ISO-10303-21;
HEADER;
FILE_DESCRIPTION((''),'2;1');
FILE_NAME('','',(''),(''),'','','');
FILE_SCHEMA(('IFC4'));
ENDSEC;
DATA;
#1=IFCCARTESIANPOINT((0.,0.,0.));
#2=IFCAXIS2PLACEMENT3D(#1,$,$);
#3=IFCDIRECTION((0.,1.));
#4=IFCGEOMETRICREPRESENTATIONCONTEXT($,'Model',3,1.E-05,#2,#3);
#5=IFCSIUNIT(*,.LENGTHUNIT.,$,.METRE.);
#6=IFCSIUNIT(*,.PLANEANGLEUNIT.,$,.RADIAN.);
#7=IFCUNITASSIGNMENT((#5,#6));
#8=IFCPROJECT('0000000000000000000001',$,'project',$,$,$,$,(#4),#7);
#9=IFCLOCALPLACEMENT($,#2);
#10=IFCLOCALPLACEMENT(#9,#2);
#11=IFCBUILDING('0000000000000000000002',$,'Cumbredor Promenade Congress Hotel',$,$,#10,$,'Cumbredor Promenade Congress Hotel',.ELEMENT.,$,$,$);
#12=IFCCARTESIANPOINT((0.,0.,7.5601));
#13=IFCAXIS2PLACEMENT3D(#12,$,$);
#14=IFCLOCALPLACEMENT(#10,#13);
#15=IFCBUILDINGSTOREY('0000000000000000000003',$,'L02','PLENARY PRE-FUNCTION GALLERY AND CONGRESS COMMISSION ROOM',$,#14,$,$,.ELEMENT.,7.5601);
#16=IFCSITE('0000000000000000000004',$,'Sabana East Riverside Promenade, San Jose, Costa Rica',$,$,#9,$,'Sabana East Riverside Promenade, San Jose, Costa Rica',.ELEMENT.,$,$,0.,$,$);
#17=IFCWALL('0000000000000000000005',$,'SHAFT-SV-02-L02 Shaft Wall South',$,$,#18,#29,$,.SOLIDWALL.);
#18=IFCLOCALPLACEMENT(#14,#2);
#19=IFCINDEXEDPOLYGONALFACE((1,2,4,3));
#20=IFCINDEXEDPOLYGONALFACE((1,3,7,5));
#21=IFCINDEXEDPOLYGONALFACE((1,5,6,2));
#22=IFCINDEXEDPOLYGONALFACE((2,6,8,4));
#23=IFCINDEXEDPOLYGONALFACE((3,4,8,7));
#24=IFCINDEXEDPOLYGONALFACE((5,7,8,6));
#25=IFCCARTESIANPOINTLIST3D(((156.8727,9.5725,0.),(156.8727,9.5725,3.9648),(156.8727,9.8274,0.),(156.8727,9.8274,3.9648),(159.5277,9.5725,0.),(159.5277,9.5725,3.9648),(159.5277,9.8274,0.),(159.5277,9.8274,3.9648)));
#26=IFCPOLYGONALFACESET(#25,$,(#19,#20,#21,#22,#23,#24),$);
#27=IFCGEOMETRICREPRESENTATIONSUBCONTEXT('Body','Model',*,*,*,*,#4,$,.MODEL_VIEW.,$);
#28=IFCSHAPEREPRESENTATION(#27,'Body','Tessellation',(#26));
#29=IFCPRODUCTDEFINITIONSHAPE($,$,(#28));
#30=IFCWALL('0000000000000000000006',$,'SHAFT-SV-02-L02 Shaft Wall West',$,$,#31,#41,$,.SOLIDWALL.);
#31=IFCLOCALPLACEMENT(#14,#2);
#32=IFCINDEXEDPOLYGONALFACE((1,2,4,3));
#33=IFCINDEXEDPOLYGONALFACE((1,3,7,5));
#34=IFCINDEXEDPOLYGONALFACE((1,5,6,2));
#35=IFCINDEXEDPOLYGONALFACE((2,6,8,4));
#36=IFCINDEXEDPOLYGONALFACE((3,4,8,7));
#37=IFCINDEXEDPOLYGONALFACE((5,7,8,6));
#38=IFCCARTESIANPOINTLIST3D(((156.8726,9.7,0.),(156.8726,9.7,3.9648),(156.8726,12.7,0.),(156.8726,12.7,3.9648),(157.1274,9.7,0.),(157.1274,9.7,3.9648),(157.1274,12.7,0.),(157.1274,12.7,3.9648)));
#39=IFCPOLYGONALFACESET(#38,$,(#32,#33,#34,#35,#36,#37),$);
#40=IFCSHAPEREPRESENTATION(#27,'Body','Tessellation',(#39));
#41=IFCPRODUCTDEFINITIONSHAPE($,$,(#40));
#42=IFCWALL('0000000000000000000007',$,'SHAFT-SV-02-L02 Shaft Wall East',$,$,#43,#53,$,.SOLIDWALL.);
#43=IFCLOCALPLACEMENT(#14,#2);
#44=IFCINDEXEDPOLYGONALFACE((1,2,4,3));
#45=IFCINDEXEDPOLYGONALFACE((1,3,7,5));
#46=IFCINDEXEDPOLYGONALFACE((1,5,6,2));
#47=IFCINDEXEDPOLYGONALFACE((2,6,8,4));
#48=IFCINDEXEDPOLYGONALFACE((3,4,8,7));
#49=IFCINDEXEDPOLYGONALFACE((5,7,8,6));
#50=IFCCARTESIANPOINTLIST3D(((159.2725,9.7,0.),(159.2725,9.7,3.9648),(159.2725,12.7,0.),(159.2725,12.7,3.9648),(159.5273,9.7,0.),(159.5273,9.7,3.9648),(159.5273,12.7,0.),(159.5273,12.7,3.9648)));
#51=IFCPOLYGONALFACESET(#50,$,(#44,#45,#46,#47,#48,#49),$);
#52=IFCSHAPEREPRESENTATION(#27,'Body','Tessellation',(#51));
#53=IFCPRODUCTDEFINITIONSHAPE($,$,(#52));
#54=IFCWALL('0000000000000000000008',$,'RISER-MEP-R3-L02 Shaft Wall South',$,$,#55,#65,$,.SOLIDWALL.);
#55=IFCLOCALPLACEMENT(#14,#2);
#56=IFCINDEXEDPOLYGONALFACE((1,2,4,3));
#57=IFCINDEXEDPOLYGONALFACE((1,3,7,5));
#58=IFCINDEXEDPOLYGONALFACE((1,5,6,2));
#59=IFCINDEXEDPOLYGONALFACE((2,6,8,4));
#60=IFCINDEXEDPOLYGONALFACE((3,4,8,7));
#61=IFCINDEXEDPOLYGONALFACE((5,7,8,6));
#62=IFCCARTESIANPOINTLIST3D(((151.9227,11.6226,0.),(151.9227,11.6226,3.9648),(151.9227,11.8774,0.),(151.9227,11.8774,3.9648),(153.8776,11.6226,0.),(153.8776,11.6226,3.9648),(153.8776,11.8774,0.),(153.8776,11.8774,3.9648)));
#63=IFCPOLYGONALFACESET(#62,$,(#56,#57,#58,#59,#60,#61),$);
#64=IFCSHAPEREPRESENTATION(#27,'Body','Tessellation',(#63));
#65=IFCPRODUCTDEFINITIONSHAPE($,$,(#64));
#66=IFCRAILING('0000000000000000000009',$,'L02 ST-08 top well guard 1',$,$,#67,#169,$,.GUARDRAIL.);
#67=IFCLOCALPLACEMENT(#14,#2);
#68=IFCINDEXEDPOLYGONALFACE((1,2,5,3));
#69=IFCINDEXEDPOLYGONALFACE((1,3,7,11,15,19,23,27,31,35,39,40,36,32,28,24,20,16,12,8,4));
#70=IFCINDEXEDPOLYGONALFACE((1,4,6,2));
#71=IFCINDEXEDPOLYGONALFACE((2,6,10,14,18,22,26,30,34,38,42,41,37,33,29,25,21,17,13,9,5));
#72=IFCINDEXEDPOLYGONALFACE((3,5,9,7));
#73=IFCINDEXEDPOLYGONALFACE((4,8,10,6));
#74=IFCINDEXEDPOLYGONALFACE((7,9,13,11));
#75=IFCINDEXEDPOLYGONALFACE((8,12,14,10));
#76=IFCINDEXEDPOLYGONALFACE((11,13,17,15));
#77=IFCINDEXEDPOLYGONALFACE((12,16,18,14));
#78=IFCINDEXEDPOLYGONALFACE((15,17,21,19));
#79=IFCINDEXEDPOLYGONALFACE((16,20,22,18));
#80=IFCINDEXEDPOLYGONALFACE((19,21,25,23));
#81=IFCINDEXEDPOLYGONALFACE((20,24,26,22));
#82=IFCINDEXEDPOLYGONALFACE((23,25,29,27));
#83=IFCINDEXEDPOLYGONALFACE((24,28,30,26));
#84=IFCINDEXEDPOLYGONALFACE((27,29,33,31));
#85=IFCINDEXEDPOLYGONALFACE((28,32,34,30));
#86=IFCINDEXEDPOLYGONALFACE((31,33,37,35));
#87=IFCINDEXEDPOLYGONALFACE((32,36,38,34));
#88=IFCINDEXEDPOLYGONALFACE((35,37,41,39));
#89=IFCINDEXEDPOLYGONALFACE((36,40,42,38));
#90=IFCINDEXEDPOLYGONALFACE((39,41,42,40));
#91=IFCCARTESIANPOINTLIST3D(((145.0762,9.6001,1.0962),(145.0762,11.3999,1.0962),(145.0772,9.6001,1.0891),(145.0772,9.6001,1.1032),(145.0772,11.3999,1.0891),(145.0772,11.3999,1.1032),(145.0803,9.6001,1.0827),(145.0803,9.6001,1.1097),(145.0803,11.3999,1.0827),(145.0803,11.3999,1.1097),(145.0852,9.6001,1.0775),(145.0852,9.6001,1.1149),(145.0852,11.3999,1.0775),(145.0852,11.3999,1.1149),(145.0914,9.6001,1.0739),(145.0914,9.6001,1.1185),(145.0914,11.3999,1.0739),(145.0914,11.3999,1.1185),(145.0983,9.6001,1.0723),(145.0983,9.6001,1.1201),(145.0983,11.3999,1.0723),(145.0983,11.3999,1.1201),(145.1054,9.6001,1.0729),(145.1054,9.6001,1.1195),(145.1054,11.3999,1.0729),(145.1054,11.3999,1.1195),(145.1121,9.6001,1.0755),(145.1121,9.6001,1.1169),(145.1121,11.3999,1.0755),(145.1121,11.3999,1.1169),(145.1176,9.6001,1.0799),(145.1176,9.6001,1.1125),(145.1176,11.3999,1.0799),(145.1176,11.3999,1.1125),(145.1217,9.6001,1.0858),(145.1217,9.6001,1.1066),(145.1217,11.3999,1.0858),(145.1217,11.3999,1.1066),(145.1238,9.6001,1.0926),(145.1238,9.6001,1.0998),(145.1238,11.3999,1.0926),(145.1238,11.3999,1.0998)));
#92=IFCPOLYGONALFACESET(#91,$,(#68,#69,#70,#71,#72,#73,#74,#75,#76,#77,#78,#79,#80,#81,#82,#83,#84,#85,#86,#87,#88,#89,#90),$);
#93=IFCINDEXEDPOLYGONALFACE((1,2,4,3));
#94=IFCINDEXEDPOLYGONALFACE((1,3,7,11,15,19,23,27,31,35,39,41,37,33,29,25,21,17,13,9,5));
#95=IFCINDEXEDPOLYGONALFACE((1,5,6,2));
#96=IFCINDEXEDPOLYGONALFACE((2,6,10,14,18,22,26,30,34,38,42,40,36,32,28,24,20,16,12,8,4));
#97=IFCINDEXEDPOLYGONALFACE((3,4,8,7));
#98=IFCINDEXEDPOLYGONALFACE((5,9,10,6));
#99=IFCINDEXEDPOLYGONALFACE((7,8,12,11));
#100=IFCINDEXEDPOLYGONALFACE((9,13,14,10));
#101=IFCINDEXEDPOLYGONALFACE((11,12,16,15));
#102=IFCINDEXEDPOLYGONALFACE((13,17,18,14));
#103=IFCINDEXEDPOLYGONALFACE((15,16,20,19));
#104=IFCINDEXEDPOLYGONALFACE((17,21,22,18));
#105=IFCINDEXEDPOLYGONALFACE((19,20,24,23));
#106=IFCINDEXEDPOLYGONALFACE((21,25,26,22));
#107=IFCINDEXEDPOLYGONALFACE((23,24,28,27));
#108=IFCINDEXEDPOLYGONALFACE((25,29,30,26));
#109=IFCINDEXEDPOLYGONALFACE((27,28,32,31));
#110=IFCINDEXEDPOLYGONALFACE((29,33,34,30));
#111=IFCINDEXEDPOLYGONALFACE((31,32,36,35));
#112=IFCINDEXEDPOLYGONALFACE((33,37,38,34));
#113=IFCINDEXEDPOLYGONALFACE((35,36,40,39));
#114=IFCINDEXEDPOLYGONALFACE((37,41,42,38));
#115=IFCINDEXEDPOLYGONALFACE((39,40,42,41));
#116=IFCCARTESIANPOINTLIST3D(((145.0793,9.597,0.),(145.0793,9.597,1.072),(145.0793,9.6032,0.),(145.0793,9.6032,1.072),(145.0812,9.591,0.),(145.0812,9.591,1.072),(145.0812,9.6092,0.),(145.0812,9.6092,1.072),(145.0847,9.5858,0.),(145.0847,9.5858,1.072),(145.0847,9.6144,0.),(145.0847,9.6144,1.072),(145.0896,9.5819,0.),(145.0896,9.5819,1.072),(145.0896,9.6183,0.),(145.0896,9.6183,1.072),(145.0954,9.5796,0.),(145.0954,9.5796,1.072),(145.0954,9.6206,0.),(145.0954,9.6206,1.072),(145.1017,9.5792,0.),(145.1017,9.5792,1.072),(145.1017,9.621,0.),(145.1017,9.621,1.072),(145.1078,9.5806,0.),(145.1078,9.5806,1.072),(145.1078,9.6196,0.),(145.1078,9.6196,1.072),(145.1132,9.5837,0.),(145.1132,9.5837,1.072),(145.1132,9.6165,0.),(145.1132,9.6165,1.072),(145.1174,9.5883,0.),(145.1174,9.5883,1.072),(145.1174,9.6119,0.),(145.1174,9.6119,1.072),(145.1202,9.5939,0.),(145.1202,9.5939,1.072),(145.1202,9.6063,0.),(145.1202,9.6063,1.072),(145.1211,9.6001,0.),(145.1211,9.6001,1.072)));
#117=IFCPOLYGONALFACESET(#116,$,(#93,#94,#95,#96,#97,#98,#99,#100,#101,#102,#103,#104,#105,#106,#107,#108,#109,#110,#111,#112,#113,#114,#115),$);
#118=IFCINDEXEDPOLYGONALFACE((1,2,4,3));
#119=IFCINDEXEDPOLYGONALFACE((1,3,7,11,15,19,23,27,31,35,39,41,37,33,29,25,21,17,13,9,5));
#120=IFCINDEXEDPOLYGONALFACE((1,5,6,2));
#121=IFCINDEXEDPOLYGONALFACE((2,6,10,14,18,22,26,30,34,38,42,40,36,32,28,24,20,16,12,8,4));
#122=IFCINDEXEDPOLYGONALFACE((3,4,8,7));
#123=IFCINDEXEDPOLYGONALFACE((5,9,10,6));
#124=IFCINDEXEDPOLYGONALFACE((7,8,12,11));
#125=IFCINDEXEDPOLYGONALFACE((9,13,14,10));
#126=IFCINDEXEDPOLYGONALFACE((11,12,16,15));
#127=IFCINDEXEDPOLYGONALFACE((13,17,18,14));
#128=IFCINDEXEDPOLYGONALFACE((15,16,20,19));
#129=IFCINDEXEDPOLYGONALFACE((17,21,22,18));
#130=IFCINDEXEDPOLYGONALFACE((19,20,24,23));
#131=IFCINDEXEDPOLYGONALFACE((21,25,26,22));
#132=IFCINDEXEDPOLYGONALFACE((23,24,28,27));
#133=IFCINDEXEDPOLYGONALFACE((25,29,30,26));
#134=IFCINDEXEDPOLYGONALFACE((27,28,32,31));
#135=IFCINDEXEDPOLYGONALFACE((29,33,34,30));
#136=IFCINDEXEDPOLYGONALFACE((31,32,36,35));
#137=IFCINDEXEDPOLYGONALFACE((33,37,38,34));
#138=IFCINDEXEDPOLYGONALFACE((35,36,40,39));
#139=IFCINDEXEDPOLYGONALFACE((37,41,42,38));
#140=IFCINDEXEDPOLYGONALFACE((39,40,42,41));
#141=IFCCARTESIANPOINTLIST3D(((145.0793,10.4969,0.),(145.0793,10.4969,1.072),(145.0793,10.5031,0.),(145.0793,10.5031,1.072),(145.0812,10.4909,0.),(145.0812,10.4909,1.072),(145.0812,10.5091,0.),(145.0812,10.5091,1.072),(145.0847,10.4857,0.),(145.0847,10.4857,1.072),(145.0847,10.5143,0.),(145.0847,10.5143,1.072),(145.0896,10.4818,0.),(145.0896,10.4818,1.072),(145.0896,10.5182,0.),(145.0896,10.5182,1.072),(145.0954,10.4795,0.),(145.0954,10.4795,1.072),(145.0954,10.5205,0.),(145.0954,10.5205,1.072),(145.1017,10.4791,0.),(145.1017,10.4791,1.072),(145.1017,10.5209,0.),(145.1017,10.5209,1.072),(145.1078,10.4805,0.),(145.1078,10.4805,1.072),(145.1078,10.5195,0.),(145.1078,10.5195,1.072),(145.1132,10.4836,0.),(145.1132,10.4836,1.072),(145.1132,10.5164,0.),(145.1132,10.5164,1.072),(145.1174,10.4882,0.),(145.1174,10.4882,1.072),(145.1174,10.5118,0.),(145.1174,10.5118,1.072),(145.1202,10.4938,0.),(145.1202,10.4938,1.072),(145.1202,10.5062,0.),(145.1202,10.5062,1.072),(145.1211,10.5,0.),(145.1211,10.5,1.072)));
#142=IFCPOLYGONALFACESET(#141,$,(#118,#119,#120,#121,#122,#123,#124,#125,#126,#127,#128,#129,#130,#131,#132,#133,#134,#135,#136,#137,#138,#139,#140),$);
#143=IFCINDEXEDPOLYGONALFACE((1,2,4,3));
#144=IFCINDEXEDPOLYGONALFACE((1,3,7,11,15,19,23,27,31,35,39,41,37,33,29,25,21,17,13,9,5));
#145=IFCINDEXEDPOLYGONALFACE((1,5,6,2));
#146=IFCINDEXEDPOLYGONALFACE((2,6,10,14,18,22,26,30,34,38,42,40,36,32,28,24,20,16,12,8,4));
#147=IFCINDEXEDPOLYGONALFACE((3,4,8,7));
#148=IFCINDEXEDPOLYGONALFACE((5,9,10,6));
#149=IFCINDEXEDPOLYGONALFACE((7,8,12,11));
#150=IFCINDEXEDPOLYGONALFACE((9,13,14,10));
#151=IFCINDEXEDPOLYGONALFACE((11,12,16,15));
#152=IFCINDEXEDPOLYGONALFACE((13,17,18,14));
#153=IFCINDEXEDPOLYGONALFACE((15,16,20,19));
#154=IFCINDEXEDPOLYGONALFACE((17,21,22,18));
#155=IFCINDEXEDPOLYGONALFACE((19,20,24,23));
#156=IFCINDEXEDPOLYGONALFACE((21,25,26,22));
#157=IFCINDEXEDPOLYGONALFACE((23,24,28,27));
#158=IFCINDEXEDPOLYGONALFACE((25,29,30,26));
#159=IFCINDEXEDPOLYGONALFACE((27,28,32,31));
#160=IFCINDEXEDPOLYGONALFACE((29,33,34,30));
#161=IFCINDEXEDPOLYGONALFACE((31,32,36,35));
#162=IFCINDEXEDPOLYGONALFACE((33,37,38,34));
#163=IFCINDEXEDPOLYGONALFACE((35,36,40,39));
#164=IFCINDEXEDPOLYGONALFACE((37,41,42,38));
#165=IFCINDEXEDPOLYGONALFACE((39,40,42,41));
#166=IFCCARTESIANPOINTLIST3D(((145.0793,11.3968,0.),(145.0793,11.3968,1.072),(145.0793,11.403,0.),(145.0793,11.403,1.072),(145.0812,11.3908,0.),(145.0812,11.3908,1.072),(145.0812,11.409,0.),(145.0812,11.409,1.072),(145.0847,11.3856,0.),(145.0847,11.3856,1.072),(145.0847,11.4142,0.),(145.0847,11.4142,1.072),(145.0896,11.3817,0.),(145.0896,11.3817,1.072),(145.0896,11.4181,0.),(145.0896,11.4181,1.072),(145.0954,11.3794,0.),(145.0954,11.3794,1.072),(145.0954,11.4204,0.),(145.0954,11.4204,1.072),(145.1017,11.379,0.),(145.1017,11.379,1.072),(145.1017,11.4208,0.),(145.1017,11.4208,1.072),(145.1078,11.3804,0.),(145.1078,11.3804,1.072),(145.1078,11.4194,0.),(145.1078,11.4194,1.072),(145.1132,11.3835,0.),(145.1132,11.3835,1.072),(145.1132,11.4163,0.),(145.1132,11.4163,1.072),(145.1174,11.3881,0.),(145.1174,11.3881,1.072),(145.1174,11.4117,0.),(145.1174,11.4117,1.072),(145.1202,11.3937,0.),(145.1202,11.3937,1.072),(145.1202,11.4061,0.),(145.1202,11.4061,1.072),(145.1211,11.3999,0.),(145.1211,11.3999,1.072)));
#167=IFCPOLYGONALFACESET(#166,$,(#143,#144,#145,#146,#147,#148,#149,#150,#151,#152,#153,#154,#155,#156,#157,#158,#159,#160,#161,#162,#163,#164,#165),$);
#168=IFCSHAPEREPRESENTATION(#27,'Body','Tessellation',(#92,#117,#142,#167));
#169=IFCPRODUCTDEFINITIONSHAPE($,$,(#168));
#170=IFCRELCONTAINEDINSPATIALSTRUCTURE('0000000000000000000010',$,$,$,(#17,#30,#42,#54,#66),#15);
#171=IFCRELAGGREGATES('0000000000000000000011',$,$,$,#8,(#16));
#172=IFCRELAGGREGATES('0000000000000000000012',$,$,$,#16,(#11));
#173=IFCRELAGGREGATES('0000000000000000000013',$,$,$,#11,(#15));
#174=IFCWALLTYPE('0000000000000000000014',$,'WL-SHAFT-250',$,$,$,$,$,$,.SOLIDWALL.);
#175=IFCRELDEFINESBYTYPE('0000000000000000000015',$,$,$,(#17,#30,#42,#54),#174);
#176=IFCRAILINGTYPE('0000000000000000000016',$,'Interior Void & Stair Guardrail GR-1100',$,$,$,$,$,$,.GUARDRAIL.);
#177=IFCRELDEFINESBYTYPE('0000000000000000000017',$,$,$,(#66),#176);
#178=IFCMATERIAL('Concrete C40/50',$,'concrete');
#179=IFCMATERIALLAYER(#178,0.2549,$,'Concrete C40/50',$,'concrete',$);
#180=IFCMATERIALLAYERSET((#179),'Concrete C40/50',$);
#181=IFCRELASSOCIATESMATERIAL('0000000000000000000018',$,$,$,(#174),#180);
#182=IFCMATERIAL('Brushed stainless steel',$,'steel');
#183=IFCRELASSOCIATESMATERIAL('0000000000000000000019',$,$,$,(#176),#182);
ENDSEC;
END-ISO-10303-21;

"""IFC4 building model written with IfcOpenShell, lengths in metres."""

from ifc_helpers import new_model, si_unit, direction, frame, frame_2d, origin, origin_2d, place, context, subcontext, project, spatial, rectangle, circle, extrude, material, layer, layer_set, type_object, element, save


model = new_model("IFC4")

# Units and contexts
model_context = context("Model", 3, precision=1e-05, world=origin(), true_north=direction((0.0, 1.0)))
body_context = subcontext(model_context, "Body", "Model", "MODEL_VIEW")
ifc_project = project(units=[si_unit("LENGTHUNIT", "METRE"), si_unit("PLANEANGLEUNIT", "RADIAN")], contexts=[model_context])

# Site, building, storey
site_placement = place(None, origin())
site = spatial("IfcSite", under=ifc_project, at=site_placement, Name="Sabana East Riverside Promenade, San Jose, Costa Rica", LongName="Sabana East Riverside Promenade, San Jose, Costa Rica", CompositionType="ELEMENT", RefElevation=0.0)
building_placement = place(site_placement, origin())
building = spatial("IfcBuilding", under=site, at=building_placement, Name="Cumbredor Promenade Congress Hotel", LongName="Cumbredor Promenade Congress Hotel", CompositionType="ELEMENT")
storey_placement = place(building_placement, frame((0.0, 0.0, 7.5601)))
storey = spatial("IfcBuildingStorey", under=building, at=storey_placement, Name="L02", Description="PLENARY PRE-FUNCTION GALLERY AND CONGRESS COMMISSION ROOM", CompositionType="ELEMENT", Elevation=7.5601)

# Shared definitions
ifc_material_1 = material(Name="Concrete C40/50", Category="concrete")

# Walls
ifc_layer = layer(ifc_material_1, 0.2549, Name="Concrete C40/50", Category="concrete")
ifc_layer_set = layer_set([ifc_layer], Name="Concrete C40/50")
wall_type = type_object("IfcWallType", Name="WL-SHAFT-250", PredefinedType="SOLIDWALL", material=ifc_layer_set)
wall_1_placement = place(storey_placement, frame((156.8726, 9.7, 0.0), z_axis=(0.0, 0.0, 1.0), x_axis=(1.0, 0.0, 0.0)))
element("IfcWall", 1, at=wall_1_placement, inside=storey, type_object=wall_type, Name="SHAFT-SV-02-L02 Shaft Wall South", PredefinedType="SOLIDWALL", context=body_context, shape_type="SweptSolid", body=[
    extrude(rectangle(XDim=2.655, YDim=0.2549, at=frame_2d((1.3276, 0.0))), origin(), (0.0, 0.0, 1.0), 3.9648),
])
for number, where, z_axis, x_axis, name in (
    (2, (157.0, 9.7, 0.0), (0.0, 0.0, 1.0), (0.0, 1.0, 0.0), "SHAFT-SV-02-L02 Shaft Wall West"),
    (3, (159.3999, 9.7, 0.0), (0.0, 0.0, 1.0), (0.0, 1.0, 0.0), "SHAFT-SV-02-L02 Shaft Wall East"),
):
    element("IfcWall", number, at=place(storey_placement, frame(where, z_axis=z_axis, x_axis=x_axis)), inside=storey, type_object=wall_type, Name=name, PredefinedType="SOLIDWALL", context=body_context, shape_type="SweptSolid", body=[
        extrude(rectangle(XDim=3.0, YDim=0.2549, at=frame_2d((1.5, 0.0))), origin(), (0.0, 0.0, 1.0), 3.9648),
    ])
wall_2_placement = place(storey_placement, frame((151.9226, 11.75, 0.0), z_axis=(0.0, 0.0, 1.0), x_axis=(1.0, 0.0, 0.0)))
element("IfcWall", 4, at=wall_2_placement, inside=storey, type_object=wall_type, Name="RISER-MEP-R3-L02 Shaft Wall South", PredefinedType="SOLIDWALL", context=body_context, shape_type="SweptSolid", body=[
    extrude(rectangle(XDim=1.9548, YDim=0.2549, at=frame_2d((0.9775, 0.0))), origin(), (0.0, 0.0, 1.0), 3.9648),
])

# Railing
ifc_material_2 = material(Name="Brushed stainless steel", Category="steel")
railing_type = type_object("IfcRailingType", Name="Interior Void & Stair Guardrail GR-1100", PredefinedType="GUARDRAIL", material=ifc_material_2)
railing_placement = place(storey_placement, frame((145.1001, 9.6001, 0.0)))
element("IfcRailing", 5, at=railing_placement, inside=storey, type_object=railing_type, Name="L02 ST-08 top well guard 1", PredefinedType="GUARDRAIL", context=body_context, shape_type="SweptSolid", body=[
    extrude(circle(Radius=0.0239, at=origin_2d()), frame((0.0, 0.0, 1.0962), z_axis=(0.0, 1.0, 0.0), x_axis=(-1.0, 0.0, 0.0)), (0.0, 0.0, 1.0), 1.7998),
    extrude(circle(Radius=0.021, at=origin_2d()), origin(), (0.0, 0.0, 1.0), 1.072),
    extrude(circle(Radius=0.021, at=origin_2d()), frame((0.0, 0.8999, 0.0)), (0.0, 0.0, 1.0), 1.072),
    extrude(circle(Radius=0.021, at=origin_2d()), frame((0.0, 1.7998, 0.0)), (0.0, 0.0, 1.0), 1.072),
])

save(model, "model.ifc")
